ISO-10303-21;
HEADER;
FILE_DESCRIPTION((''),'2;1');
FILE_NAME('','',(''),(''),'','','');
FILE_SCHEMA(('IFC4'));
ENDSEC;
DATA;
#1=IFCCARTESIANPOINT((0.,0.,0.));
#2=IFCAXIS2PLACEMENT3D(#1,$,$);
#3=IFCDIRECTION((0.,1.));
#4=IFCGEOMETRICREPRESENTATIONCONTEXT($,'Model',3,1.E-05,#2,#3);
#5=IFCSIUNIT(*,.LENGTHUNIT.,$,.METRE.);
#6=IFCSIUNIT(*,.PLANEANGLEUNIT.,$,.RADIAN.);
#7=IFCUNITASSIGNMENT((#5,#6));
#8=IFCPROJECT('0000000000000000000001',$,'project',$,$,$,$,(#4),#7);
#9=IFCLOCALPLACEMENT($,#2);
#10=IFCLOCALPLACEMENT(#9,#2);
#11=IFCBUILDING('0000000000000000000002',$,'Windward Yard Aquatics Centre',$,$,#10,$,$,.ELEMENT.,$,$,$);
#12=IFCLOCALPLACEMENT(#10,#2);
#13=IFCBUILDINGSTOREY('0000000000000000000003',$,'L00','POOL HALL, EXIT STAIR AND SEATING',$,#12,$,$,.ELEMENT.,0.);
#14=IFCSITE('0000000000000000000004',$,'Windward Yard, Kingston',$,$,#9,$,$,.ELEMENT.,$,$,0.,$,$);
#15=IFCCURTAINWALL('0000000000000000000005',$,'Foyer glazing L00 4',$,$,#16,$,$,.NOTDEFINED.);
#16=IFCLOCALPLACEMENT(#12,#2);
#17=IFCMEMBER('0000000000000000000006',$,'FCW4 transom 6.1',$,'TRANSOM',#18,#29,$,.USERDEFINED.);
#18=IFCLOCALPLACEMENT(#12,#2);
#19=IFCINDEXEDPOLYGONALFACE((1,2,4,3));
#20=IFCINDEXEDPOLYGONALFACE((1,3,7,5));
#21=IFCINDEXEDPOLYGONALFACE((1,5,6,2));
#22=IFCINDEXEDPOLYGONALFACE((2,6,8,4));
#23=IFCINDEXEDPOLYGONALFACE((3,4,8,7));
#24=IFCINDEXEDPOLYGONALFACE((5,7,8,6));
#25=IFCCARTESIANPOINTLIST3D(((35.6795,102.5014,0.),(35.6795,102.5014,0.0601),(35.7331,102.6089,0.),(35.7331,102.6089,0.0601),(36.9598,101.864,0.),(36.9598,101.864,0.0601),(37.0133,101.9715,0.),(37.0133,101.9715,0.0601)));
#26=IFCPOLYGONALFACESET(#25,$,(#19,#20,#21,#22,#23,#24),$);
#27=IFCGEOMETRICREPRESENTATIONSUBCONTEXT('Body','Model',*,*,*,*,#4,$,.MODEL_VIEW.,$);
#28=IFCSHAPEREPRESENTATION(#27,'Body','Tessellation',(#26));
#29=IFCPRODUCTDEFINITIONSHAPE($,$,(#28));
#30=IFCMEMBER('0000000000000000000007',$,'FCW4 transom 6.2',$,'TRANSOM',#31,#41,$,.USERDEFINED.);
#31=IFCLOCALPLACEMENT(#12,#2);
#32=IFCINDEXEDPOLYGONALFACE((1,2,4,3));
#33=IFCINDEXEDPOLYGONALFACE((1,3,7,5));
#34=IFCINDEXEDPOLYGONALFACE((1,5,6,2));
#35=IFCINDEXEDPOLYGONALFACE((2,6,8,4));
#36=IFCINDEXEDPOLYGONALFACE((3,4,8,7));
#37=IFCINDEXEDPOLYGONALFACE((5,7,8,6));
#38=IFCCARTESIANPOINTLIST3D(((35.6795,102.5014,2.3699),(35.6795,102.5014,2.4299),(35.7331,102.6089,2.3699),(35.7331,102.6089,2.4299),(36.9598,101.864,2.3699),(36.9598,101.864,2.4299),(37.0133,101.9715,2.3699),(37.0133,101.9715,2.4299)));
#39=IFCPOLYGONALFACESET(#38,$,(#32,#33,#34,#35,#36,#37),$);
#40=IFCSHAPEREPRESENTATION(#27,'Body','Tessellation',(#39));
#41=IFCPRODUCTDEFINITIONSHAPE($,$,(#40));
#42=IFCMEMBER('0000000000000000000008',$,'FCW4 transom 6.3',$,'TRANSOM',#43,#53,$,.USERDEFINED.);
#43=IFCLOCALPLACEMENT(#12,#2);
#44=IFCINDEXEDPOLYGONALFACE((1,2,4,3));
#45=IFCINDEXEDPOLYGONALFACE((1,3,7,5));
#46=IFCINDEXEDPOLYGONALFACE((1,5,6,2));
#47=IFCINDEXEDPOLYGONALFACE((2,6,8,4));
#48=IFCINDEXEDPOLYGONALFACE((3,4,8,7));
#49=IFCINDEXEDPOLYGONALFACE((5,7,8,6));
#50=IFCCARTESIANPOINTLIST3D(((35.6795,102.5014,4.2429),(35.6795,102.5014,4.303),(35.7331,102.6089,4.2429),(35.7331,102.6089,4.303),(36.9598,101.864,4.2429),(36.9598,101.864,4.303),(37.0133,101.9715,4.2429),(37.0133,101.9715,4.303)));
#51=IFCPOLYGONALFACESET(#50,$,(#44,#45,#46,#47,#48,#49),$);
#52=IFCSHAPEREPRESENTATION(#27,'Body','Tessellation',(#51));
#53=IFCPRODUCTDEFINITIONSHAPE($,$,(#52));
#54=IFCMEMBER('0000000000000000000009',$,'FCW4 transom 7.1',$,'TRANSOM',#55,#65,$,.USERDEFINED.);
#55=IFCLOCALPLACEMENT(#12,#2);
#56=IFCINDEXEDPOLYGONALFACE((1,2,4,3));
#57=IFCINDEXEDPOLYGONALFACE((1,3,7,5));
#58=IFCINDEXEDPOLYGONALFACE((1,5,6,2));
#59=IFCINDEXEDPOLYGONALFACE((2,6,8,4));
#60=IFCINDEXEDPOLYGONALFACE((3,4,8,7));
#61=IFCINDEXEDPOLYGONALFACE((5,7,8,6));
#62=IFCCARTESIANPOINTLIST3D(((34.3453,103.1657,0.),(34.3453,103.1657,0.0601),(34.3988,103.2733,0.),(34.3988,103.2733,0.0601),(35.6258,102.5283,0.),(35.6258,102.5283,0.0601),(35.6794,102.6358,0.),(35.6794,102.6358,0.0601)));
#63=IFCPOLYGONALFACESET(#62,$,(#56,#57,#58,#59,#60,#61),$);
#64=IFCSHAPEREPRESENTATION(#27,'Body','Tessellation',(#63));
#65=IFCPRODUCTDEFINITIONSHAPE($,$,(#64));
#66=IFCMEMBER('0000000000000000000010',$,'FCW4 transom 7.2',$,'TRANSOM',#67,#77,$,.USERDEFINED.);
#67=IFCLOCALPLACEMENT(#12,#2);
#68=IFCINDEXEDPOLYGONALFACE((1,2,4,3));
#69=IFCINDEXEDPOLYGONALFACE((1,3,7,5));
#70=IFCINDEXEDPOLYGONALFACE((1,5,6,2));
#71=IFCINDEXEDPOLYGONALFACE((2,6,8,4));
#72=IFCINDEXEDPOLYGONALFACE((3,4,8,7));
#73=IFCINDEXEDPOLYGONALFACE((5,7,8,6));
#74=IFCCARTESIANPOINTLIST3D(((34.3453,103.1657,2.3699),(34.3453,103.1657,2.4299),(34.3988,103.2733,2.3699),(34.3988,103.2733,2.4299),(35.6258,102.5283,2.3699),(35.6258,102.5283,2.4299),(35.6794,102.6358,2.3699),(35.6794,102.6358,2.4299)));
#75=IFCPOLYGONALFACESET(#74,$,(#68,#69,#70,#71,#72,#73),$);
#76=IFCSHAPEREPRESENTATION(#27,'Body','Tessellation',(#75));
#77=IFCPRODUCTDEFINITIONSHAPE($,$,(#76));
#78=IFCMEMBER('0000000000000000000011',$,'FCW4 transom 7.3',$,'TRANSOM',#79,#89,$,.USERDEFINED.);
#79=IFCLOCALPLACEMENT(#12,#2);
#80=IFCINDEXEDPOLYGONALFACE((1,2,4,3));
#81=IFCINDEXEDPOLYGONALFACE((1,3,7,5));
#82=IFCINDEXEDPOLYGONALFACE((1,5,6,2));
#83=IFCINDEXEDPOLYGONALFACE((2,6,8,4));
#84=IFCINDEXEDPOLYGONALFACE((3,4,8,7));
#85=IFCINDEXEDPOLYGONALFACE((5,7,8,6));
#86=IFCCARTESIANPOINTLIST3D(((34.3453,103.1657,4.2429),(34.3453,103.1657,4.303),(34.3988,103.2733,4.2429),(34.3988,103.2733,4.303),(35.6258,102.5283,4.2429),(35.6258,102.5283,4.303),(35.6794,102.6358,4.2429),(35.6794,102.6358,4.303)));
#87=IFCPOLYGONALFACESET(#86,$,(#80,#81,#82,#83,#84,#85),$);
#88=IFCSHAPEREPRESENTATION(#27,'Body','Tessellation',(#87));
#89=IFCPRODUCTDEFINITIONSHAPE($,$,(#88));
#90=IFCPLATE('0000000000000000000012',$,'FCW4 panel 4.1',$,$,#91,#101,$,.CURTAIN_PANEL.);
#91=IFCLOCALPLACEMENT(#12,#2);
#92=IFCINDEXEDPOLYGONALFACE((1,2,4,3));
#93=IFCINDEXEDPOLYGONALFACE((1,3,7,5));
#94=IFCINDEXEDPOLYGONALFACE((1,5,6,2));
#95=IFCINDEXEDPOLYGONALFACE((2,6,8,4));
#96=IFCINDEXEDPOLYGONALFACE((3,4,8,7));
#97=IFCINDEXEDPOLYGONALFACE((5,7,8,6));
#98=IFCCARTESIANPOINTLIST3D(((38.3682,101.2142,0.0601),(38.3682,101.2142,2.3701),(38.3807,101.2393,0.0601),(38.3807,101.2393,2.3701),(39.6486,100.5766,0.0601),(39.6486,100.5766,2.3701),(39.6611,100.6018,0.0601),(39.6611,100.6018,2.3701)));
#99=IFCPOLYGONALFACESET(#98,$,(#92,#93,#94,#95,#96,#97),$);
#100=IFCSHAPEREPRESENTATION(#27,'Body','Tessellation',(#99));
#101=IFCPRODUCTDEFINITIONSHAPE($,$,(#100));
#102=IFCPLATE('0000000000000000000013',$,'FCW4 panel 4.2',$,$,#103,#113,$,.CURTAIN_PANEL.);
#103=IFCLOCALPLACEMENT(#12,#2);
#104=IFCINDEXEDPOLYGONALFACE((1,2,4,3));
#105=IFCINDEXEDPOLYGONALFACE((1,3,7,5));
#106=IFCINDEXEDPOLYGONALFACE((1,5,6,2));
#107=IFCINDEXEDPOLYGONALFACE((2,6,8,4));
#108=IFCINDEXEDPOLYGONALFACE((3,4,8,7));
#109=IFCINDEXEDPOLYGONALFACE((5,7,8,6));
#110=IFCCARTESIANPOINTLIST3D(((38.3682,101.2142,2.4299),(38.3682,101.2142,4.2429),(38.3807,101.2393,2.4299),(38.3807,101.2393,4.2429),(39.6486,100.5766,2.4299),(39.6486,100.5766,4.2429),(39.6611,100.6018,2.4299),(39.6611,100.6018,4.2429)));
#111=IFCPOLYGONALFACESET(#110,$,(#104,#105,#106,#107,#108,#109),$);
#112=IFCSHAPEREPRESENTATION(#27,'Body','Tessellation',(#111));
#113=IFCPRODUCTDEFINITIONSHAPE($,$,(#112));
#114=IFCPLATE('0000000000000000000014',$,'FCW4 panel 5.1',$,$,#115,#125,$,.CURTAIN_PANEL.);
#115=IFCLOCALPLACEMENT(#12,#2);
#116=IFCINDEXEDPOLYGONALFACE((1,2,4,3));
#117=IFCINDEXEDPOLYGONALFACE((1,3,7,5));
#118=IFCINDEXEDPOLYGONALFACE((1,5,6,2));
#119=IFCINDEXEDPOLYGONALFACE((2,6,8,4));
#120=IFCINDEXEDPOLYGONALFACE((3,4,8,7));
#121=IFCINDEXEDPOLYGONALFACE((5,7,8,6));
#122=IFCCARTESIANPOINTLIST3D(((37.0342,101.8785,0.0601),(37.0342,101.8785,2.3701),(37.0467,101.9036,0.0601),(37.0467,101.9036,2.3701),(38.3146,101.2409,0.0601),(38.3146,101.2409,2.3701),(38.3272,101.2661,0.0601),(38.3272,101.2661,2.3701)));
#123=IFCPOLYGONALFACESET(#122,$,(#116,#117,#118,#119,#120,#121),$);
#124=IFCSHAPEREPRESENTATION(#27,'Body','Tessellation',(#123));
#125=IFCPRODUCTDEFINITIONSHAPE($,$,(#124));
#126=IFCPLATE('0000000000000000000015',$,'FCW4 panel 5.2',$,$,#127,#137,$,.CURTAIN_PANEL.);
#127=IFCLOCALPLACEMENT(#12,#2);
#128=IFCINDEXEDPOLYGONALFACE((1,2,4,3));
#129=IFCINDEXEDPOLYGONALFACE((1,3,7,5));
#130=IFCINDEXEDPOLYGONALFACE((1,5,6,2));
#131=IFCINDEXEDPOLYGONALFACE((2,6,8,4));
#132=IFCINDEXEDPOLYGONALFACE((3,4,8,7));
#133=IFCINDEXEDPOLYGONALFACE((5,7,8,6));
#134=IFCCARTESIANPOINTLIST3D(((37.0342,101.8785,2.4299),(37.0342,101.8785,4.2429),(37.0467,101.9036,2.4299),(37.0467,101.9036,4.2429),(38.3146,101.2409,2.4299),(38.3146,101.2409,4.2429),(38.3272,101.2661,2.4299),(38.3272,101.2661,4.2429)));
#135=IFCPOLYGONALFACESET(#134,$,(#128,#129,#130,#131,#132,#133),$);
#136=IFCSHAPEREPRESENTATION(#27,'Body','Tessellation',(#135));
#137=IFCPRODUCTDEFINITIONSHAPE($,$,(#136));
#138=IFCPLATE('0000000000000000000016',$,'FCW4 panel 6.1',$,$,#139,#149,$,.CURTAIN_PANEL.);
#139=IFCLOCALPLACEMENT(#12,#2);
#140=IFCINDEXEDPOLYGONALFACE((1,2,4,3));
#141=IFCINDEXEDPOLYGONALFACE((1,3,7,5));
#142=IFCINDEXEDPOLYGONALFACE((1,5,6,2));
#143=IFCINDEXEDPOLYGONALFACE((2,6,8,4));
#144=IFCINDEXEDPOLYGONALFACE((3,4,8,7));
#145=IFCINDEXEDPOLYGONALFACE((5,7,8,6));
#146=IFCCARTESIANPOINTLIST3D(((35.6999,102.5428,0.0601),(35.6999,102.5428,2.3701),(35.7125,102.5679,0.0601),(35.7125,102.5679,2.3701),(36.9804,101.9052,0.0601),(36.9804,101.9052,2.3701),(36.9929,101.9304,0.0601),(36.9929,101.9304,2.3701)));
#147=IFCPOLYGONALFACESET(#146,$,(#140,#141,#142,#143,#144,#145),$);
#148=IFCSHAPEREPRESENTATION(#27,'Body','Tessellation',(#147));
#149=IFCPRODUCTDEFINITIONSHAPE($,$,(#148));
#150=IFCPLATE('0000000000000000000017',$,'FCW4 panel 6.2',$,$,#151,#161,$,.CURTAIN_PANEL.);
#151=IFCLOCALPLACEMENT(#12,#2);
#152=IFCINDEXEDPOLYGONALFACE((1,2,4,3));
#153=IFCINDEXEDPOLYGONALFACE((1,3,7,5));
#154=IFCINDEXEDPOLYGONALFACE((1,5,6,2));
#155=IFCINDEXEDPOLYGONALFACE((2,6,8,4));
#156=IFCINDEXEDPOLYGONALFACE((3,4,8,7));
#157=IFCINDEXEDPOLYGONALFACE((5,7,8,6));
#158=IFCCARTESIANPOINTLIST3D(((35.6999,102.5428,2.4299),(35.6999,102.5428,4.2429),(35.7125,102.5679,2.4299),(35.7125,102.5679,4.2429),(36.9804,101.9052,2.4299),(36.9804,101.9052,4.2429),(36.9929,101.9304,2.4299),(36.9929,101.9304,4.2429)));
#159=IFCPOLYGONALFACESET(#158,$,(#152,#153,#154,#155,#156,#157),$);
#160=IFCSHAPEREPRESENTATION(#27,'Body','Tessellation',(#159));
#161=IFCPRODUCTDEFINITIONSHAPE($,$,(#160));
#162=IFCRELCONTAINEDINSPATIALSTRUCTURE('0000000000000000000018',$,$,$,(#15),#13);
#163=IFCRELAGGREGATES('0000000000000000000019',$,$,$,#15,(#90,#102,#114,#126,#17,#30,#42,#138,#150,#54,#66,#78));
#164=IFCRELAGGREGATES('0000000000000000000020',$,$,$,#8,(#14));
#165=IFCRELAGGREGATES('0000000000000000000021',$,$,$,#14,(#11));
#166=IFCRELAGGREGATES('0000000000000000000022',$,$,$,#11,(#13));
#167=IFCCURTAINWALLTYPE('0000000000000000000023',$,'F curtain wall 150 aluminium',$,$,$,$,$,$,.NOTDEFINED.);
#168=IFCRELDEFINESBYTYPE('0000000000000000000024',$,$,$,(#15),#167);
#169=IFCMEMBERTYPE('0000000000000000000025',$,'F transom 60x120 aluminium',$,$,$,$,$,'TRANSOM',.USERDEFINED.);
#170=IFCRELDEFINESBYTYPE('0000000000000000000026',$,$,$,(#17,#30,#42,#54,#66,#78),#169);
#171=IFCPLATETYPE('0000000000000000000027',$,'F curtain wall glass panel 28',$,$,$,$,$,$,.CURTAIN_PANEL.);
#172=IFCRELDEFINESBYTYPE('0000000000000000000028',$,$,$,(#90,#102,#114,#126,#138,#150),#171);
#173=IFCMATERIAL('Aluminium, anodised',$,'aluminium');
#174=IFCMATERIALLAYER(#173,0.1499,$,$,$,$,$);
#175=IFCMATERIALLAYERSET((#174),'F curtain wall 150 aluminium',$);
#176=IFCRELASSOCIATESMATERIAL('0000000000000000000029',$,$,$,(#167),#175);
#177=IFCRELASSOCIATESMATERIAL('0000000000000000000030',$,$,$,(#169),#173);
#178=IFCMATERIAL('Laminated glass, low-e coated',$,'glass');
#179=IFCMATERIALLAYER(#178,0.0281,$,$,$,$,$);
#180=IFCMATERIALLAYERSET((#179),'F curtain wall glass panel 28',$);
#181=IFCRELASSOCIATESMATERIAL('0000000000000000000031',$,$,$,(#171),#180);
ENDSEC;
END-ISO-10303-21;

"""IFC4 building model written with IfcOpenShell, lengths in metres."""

from ifc_helpers import new_model, si_unit, direction, frame, origin, origin_2d, place, context, subcontext, project, spatial, rectangle, extrude, material, layer, layer_set, material_profile, profile_set, type_object, element, aggregate, save


model = new_model("IFC4")

# Units and contexts
model_context = context("Model", 3, precision=1e-05, world=origin(), true_north=direction((0.0, 1.0)))
body_context = subcontext(model_context, "Body", "Model", "MODEL_VIEW")
ifc_project = project(units=[si_unit("LENGTHUNIT", "METRE"), si_unit("PLANEANGLEUNIT", "RADIAN")], contexts=[model_context])

# Site, building, storey
site_placement = place(None, origin())
site = spatial("IfcSite", under=ifc_project, at=site_placement, Name="Windward Yard, Kingston", CompositionType="ELEMENT", RefElevation=0.0)
building_placement = place(site_placement, origin())
building = spatial("IfcBuilding", under=site, at=building_placement, Name="Windward Yard Aquatics Centre", CompositionType="ELEMENT")
storey_placement = place(building_placement, origin())
storey = spatial("IfcBuildingStorey", under=building, at=storey_placement, Name="L00", Description="POOL HALL, EXIT STAIR AND SEATING", CompositionType="ELEMENT", Elevation=0.0)

# Curtain wall, members, plates
ifc_material_1 = material(Name="Aluminium, anodised", Category="aluminium")
ifc_layer_1 = layer(ifc_material_1, 0.1499)
ifc_layer_set_1 = layer_set([ifc_layer_1], Name="F curtain wall 150 aluminium")
curtain_wall_type = type_object("IfcCurtainWallType", Name="F curtain wall 150 aluminium", PredefinedType="NOTDEFINED", material=ifc_layer_set_1)
curtain_wall_placement = place(storey_placement, origin())
curtain_wall = element("IfcCurtainWall", 1, at=curtain_wall_placement, inside=storey, type_object=curtain_wall_type, Name="Foyer glazing L00 4", PredefinedType="NOTDEFINED")
ifc_material_profile_1 = material_profile(ifc_material_1, rectangle(XDim=0.1201, YDim=0.0601, at=origin_2d()), Name="TRANSOM 60x120")
ifc_profile_set_1 = profile_set([ifc_material_profile_1], Name="Aluminium, anodised")
member_type_1 = type_object("IfcMemberType", Name="F transom 60x120 aluminium", ElementType="TRANSOM", PredefinedType="USERDEFINED", material=ifc_profile_set_1)
member_1_placement = place(storey_placement, frame((36.9866, 101.9177, 0.03), z_axis=(-0.895177, 0.445711, 0.0), x_axis=(-0.445711, -0.895177, 0.0)))
member_1 = element("IfcMember", 2, at=member_1_placement, type_object=member_type_1, Name="FCW4 transom 6.1", ObjectType="TRANSOM", PredefinedType="USERDEFINED", context=body_context, shape_type="SweptSolid", body=[
    extrude(rectangle(XDim=0.1201, YDim=0.0601, at=origin_2d()), origin(), (0.0, 0.0, 1.0), 1.4302),
])
member_2_placement = place(storey_placement, frame((36.9866, 101.9177, 2.3999), z_axis=(-0.895177, 0.445711, 0.0), x_axis=(-0.445711, -0.895177, 0.0)))
member_2 = element("IfcMember", 3, at=member_2_placement, type_object=member_type_1, Name="FCW4 transom 6.2", ObjectType="TRANSOM", PredefinedType="USERDEFINED", context=body_context, shape_type="SweptSolid", body=[
    extrude(rectangle(XDim=0.1201, YDim=0.0601, at=origin_2d()), origin(), (0.0, 0.0, 1.0), 1.4302),
])
member_3_placement = place(storey_placement, frame((36.9866, 101.9177, 4.2729), z_axis=(-0.895177, 0.445711, 0.0), x_axis=(-0.445711, -0.895177, 0.0)))
member_3 = element("IfcMember", 4, at=member_3_placement, type_object=member_type_1, Name="FCW4 transom 6.3", ObjectType="TRANSOM", PredefinedType="USERDEFINED", context=body_context, shape_type="SweptSolid", body=[
    extrude(rectangle(XDim=0.1201, YDim=0.0601, at=origin_2d()), origin(), (0.0, 0.0, 1.0), 1.4302),
])
member_4_placement = place(storey_placement, frame((35.6526, 102.582, 0.03), z_axis=(-0.895211, 0.445643, 0.0), x_axis=(-0.445643, -0.895211, 0.0)))
member_4 = element("IfcMember", 5, at=member_4_placement, type_object=member_type_1, Name="FCW4 transom 7.1", ObjectType="TRANSOM", PredefinedType="USERDEFINED", context=body_context, shape_type="SweptSolid", body=[
    extrude(rectangle(XDim=0.1201, YDim=0.0601, at=origin_2d()), origin(), (0.0, 0.0, 1.0), 1.4304),
])
member_5_placement = place(storey_placement, frame((35.6526, 102.582, 2.3999), z_axis=(-0.895211, 0.445643, 0.0), x_axis=(-0.445643, -0.895211, 0.0)))
member_5 = element("IfcMember", 6, at=member_5_placement, type_object=member_type_1, Name="FCW4 transom 7.2", ObjectType="TRANSOM", PredefinedType="USERDEFINED", context=body_context, shape_type="SweptSolid", body=[
    extrude(rectangle(XDim=0.1201, YDim=0.0601, at=origin_2d()), origin(), (0.0, 0.0, 1.0), 1.4304),
])
member_6_placement = place(storey_placement, frame((35.6526, 102.582, 4.2729), z_axis=(-0.895211, 0.445643, 0.0), x_axis=(-0.445643, -0.895211, 0.0)))
member_6 = element("IfcMember", 7, at=member_6_placement, type_object=member_type_1, Name="FCW4 transom 7.3", ObjectType="TRANSOM", PredefinedType="USERDEFINED", context=body_context, shape_type="SweptSolid", body=[
    extrude(rectangle(XDim=0.1201, YDim=0.0601, at=origin_2d()), origin(), (0.0, 0.0, 1.0), 1.4304),
])
ifc_material_2 = material(Name="Laminated glass, low-e coated", Category="glass")
ifc_layer_2 = layer(ifc_material_2, 0.0281)
ifc_layer_set_2 = layer_set([ifc_layer_2], Name="F curtain wall glass panel 28")
plate_type = type_object("IfcPlateType", Name="F curtain wall glass panel 28", PredefinedType="CURTAIN_PANEL", material=ifc_layer_set_2)
plate_1_placement = place(storey_placement, frame((39.0146, 100.908, 0.0601), z_axis=(0.0, 0.0, 1.0), x_axis=(-0.895179, 0.445707, 0.0)))
plate_1 = element("IfcPlate", 8, at=plate_1_placement, type_object=plate_type, Name="FCW4 panel 4.1", PredefinedType="CURTAIN_PANEL", context=body_context, shape_type="SweptSolid", body=[
    extrude(rectangle(XDim=1.4304, YDim=0.0281, at=origin_2d()), origin(), (0.0, 0.0, 1.0), 2.3101),
])
plate_2_placement = place(storey_placement, frame((39.0146, 100.908, 2.4299), z_axis=(0.0, 0.0, 1.0), x_axis=(-0.895179, 0.445707, 0.0)))
plate_2 = element("IfcPlate", 9, at=plate_2_placement, type_object=plate_type, Name="FCW4 panel 4.2", PredefinedType="CURTAIN_PANEL", context=body_context, shape_type="SweptSolid", body=[
    extrude(rectangle(XDim=1.4304, YDim=0.0281, at=origin_2d()), origin(), (0.0, 0.0, 1.0), 1.813),
])
plate_3_placement = place(storey_placement, frame((37.6807, 101.5723, 0.0601), z_axis=(0.0, 0.0, 1.0), x_axis=(-0.895179, 0.445707, 0.0)))
plate_3 = element("IfcPlate", 10, at=plate_3_placement, type_object=plate_type, Name="FCW4 panel 5.1", PredefinedType="CURTAIN_PANEL", context=body_context, shape_type="SweptSolid", body=[
    extrude(rectangle(XDim=1.4304, YDim=0.0281, at=origin_2d()), origin(), (0.0, 0.0, 1.0), 2.3101),
])
plate_4_placement = place(storey_placement, frame((37.6807, 101.5723, 2.4299), z_axis=(0.0, 0.0, 1.0), x_axis=(-0.895179, 0.445707, 0.0)))
plate_4 = element("IfcPlate", 11, at=plate_4_placement, type_object=plate_type, Name="FCW4 panel 5.2", PredefinedType="CURTAIN_PANEL", context=body_context, shape_type="SweptSolid", body=[
    extrude(rectangle(XDim=1.4304, YDim=0.0281, at=origin_2d()), origin(), (0.0, 0.0, 1.0), 1.813),
])
plate_5_placement = place(storey_placement, frame((36.3464, 102.2366, 0.0601), z_axis=(0.0, 0.0, 1.0), x_axis=(-0.895179, 0.445707, 0.0)))
plate_5 = element("IfcPlate", 12, at=plate_5_placement, type_object=plate_type, Name="FCW4 panel 6.1", PredefinedType="CURTAIN_PANEL", context=body_context, shape_type="SweptSolid", body=[
    extrude(rectangle(XDim=1.4304, YDim=0.0281, at=origin_2d()), origin(), (0.0, 0.0, 1.0), 2.3101),
])
plate_6_placement = place(storey_placement, frame((36.3464, 102.2366, 2.4299), z_axis=(0.0, 0.0, 1.0), x_axis=(-0.895179, 0.445707, 0.0)))
plate_6 = element("IfcPlate", 13, at=plate_6_placement, type_object=plate_type, Name="FCW4 panel 6.2", PredefinedType="CURTAIN_PANEL", context=body_context, shape_type="SweptSolid", body=[
    extrude(rectangle(XDim=1.4304, YDim=0.0281, at=origin_2d()), origin(), (0.0, 0.0, 1.0), 1.813),
])
aggregate(curtain_wall, [plate_1, plate_2, plate_3, plate_4, member_1, member_2, member_3, plate_5, plate_6, member_4, member_5, member_6])

save(model, "model.ifc")
